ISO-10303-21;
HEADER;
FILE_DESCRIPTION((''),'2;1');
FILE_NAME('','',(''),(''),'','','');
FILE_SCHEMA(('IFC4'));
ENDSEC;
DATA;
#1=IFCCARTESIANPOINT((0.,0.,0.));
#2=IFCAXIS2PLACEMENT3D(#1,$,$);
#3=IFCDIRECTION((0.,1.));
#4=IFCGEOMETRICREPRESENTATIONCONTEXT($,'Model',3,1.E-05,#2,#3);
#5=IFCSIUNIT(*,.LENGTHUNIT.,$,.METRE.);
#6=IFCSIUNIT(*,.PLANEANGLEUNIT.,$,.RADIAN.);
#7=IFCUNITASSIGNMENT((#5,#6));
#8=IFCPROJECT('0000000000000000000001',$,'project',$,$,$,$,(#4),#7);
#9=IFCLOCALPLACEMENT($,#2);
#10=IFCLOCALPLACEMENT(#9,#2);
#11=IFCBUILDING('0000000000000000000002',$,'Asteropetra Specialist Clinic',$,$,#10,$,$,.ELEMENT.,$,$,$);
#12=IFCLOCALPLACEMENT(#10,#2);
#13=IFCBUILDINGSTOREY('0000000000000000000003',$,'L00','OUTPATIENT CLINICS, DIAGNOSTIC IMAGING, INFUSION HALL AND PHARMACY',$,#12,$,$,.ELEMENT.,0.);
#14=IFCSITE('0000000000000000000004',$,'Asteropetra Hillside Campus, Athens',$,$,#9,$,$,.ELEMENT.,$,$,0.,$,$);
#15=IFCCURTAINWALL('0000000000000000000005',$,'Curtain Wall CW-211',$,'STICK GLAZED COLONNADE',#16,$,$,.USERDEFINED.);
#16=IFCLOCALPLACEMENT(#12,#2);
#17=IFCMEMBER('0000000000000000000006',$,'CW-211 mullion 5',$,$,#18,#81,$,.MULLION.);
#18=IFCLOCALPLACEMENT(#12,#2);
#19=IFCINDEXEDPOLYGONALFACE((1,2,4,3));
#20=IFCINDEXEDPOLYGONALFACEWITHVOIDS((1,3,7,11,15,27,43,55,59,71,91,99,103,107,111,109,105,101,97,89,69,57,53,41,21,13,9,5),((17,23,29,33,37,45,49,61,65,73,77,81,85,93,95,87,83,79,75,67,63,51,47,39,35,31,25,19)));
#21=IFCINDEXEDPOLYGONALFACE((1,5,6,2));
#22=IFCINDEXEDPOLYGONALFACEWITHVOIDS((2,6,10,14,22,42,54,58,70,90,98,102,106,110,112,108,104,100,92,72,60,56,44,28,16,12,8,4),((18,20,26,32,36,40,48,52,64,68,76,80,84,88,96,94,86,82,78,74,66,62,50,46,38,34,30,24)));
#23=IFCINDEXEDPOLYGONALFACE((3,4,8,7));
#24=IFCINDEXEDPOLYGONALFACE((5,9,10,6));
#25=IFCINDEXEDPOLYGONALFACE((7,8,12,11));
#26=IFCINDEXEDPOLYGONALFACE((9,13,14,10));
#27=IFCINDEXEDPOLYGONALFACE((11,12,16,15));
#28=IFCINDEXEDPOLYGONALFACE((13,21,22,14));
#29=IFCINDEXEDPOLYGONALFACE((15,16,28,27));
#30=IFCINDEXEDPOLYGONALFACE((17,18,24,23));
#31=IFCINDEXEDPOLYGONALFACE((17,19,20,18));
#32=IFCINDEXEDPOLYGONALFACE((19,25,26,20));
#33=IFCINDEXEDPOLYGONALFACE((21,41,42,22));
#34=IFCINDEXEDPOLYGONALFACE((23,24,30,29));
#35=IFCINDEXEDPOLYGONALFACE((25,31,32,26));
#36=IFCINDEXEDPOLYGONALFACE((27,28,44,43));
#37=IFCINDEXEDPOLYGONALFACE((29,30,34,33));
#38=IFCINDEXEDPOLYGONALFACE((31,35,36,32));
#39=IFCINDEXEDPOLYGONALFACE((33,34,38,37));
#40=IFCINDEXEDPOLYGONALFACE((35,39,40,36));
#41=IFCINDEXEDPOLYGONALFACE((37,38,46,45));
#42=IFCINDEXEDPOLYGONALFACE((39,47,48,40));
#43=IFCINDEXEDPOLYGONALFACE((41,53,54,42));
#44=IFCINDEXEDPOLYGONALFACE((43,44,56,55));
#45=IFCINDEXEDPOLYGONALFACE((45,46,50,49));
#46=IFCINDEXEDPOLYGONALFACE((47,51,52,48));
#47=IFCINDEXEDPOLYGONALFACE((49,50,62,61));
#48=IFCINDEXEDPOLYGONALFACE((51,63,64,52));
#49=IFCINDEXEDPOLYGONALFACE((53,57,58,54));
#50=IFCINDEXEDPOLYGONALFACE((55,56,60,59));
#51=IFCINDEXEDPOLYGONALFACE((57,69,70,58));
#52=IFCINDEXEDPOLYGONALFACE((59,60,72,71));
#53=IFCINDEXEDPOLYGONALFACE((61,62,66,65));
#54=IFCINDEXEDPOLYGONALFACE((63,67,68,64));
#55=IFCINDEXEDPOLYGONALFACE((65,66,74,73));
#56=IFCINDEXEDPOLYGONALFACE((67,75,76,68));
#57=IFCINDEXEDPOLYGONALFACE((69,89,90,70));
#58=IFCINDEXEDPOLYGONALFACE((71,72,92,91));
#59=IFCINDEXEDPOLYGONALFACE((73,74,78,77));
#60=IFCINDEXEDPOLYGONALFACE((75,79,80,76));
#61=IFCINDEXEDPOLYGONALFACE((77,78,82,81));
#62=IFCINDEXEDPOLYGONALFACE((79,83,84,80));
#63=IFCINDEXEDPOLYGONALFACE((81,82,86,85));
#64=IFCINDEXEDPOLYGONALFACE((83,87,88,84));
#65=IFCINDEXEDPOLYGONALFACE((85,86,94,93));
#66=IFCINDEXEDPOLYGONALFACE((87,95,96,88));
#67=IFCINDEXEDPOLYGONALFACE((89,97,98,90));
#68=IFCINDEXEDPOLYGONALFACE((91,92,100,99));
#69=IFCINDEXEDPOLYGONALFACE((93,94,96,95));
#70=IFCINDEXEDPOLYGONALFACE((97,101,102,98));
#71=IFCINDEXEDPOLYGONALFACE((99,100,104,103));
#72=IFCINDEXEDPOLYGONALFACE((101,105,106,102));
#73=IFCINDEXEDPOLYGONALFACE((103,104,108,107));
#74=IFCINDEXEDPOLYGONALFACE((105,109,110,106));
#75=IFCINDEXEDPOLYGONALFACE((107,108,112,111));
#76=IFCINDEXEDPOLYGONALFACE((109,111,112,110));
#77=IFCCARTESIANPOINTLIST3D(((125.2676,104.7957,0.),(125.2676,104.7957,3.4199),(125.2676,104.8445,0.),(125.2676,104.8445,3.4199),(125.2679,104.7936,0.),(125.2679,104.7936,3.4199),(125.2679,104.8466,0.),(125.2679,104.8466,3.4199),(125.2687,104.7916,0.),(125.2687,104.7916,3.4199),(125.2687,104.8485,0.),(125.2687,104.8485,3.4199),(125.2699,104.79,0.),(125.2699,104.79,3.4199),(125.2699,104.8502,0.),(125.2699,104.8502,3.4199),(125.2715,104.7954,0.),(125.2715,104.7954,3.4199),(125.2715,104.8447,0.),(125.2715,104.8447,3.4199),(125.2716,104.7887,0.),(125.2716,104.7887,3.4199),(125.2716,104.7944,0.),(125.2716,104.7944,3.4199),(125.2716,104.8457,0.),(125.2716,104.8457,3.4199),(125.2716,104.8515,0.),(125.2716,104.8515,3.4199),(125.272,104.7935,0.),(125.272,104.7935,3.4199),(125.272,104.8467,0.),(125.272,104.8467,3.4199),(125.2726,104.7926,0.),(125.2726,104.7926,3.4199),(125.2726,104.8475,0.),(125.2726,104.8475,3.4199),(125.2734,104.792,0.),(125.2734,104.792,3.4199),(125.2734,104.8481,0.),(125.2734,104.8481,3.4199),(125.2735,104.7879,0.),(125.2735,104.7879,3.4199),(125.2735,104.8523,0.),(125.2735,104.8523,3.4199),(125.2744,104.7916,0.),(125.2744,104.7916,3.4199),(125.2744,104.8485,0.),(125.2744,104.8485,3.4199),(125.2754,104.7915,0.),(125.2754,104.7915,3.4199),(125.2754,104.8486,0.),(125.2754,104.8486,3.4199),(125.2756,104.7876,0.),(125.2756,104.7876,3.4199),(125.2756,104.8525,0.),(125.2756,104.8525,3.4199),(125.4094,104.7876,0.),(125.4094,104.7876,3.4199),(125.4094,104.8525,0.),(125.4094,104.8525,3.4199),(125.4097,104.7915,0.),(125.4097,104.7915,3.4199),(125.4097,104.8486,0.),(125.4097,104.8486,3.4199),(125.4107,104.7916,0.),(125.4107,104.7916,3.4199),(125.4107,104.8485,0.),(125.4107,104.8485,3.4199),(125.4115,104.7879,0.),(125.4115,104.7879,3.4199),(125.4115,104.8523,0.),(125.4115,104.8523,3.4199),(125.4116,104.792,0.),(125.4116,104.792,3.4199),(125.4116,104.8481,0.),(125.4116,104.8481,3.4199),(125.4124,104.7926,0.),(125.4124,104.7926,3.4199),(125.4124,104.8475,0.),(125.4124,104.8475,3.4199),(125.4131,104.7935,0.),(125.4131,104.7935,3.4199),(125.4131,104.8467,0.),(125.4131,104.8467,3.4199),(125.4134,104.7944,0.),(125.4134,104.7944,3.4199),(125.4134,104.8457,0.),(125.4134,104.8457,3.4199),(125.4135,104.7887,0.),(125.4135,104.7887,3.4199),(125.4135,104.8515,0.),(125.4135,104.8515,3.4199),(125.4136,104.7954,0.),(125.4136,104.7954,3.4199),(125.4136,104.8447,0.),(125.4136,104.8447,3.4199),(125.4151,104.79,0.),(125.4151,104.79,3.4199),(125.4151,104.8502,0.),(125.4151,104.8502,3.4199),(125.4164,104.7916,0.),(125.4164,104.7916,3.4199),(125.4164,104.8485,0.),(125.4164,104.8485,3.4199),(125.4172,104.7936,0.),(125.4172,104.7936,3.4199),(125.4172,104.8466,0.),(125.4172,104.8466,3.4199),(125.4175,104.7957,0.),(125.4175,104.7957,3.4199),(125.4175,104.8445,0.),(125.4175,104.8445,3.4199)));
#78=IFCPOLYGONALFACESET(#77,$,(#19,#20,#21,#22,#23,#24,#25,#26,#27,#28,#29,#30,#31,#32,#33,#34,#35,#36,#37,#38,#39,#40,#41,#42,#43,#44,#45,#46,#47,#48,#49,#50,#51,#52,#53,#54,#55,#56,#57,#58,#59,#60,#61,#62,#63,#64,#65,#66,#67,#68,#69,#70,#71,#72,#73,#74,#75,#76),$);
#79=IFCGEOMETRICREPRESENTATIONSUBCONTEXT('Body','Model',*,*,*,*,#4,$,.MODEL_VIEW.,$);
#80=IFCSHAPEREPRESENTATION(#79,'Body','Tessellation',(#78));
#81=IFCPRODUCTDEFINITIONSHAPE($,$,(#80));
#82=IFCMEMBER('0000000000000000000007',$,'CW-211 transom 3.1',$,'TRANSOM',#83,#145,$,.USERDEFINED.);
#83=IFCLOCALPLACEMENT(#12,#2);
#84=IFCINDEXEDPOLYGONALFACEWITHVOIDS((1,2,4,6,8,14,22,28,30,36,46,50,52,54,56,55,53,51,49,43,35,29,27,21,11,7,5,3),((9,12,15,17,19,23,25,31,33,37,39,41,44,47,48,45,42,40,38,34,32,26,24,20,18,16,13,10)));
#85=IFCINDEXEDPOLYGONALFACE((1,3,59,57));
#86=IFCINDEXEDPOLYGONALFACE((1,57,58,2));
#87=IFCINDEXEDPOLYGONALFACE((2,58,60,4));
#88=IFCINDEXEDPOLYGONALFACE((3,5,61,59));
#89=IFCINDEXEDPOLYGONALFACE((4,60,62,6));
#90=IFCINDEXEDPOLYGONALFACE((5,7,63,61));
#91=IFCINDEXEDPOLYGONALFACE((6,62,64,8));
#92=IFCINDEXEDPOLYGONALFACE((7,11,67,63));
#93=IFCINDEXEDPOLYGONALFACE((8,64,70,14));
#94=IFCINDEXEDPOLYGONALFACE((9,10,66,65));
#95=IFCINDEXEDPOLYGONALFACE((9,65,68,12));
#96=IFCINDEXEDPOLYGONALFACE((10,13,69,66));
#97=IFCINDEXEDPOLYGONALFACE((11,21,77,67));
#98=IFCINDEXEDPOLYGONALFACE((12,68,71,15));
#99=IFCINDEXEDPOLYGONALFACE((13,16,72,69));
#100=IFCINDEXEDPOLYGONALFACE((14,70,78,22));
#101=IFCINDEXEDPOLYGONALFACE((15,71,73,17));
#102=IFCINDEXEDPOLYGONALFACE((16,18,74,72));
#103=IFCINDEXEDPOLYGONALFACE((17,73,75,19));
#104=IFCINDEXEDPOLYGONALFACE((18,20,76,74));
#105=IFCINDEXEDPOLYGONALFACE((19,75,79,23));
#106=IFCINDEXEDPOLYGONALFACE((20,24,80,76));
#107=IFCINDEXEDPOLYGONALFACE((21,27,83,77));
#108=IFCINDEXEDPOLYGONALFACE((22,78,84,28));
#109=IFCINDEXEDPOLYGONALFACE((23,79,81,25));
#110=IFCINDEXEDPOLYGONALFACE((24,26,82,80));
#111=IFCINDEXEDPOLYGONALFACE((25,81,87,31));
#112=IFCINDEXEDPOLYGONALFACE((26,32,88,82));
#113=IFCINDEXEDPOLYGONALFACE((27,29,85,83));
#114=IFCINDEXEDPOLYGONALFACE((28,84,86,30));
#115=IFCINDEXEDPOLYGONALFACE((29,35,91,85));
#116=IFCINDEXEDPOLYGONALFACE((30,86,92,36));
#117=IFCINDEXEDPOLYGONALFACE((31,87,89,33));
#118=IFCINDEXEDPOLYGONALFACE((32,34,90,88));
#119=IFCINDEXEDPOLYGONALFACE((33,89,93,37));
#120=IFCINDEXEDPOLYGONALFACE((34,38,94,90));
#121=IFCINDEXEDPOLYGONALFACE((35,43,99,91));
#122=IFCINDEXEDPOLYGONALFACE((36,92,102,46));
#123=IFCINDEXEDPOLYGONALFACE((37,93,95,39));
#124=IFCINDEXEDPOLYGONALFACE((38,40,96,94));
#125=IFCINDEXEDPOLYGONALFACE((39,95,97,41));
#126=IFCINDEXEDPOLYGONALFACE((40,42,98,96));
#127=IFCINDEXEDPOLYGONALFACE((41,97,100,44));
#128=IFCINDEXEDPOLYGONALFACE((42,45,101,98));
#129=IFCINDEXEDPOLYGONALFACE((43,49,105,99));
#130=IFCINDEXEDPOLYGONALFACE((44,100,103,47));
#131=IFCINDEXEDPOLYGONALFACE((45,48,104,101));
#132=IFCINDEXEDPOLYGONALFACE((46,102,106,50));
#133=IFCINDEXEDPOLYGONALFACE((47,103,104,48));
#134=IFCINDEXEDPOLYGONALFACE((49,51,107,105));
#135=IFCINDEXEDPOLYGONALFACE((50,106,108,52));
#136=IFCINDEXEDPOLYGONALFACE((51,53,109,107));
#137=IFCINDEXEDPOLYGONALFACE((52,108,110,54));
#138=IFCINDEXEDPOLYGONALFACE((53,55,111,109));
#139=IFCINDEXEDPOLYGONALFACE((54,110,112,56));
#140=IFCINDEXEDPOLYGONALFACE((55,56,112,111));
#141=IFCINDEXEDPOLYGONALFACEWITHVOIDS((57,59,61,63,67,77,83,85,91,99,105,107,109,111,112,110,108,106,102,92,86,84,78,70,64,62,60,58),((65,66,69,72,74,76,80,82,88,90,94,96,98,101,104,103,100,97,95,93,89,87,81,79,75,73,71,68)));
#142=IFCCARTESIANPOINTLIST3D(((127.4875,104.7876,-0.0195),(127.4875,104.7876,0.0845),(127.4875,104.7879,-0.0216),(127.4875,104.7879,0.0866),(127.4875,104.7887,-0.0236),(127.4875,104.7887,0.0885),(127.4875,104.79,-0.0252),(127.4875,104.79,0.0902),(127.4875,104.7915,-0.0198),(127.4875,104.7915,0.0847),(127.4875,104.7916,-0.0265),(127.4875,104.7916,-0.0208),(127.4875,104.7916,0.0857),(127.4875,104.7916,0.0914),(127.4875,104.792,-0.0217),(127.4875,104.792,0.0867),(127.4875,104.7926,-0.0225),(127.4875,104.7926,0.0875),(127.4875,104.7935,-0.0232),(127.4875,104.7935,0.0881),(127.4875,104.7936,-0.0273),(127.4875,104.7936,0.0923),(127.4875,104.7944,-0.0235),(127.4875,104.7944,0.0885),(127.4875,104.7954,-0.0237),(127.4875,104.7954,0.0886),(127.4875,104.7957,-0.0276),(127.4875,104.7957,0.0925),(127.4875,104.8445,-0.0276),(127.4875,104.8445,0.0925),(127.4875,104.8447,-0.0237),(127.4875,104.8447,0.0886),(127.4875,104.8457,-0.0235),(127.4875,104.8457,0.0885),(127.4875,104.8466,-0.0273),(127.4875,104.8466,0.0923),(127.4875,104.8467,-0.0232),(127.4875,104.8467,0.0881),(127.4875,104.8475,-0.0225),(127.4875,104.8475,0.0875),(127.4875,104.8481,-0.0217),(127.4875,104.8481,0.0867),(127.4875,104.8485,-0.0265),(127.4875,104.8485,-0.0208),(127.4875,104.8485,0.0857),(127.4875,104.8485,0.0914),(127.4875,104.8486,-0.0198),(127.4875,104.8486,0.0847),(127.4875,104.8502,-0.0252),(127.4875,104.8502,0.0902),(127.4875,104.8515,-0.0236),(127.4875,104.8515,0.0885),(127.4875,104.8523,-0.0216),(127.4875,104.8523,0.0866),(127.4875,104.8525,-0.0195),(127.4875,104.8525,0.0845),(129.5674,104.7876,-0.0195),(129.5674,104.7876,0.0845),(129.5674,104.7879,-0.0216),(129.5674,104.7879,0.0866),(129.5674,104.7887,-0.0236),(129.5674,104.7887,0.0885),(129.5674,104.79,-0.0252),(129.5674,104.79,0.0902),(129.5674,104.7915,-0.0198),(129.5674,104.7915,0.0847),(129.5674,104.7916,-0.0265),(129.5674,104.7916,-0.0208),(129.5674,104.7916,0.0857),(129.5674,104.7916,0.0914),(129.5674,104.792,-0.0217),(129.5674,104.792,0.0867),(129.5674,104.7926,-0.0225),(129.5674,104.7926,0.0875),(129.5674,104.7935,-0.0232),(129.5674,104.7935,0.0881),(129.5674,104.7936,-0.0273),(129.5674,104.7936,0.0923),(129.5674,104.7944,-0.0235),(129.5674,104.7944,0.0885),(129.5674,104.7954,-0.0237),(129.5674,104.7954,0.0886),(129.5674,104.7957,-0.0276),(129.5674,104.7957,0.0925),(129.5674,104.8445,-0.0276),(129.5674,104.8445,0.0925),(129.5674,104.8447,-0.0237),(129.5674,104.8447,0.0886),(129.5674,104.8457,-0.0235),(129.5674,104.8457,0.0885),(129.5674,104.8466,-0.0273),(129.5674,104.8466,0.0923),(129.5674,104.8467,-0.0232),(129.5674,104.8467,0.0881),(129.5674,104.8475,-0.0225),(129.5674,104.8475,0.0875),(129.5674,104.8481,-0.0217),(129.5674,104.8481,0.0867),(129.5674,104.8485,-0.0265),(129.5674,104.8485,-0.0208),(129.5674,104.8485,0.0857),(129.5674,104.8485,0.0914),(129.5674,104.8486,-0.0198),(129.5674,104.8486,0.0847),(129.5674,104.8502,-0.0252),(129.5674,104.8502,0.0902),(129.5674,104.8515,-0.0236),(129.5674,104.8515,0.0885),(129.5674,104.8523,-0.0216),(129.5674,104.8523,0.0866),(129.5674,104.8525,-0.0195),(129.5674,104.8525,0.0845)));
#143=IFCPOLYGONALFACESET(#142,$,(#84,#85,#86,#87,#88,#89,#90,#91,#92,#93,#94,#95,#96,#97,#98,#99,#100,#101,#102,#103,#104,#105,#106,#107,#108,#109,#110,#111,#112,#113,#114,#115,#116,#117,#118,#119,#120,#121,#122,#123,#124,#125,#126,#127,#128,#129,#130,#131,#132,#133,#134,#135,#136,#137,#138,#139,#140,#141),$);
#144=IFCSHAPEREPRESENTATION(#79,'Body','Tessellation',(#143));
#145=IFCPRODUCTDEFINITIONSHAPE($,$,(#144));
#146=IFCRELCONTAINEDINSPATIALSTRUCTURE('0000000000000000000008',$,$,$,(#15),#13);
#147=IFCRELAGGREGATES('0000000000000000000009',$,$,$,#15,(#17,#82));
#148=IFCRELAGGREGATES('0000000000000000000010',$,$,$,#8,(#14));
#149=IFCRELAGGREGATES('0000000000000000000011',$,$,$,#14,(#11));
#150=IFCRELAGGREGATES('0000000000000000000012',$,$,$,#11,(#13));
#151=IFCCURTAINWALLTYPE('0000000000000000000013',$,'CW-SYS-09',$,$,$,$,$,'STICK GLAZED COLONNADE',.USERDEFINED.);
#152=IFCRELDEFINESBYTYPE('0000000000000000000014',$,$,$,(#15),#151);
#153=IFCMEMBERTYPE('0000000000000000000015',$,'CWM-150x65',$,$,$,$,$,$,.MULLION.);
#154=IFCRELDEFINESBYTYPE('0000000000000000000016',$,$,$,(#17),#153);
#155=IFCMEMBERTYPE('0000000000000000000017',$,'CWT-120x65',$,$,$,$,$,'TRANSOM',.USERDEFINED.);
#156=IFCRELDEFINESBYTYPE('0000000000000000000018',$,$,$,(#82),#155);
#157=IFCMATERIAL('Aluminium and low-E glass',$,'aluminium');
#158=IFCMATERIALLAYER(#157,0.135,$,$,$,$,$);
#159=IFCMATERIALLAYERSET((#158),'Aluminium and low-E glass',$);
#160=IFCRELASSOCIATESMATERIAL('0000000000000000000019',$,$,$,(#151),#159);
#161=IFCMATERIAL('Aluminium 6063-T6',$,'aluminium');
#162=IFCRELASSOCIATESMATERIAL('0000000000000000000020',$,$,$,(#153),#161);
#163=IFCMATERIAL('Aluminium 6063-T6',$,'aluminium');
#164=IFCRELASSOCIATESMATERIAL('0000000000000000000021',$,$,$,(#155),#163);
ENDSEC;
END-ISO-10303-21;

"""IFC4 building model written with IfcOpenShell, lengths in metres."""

from ifc_helpers import new_model, si_unit, direction, frame, origin, origin_2d, place, context, subcontext, project, spatial, hollow_rectangle, extrude, material, layer, layer_set, material_profile, profile_set, type_object, element, aggregate, save


model = new_model("IFC4")

# Units and contexts
model_context = context("Model", 3, precision=1e-05, world=origin(), true_north=direction((0.0, 1.0)))
body_context = subcontext(model_context, "Body", "Model", "MODEL_VIEW")
ifc_project = project(units=[si_unit("LENGTHUNIT", "METRE"), si_unit("PLANEANGLEUNIT", "RADIAN")], contexts=[model_context])

# Site, building, storey
site_placement = place(None, origin())
site = spatial("IfcSite", under=ifc_project, at=site_placement, Name="Asteropetra Hillside Campus, Athens", CompositionType="ELEMENT", RefElevation=0.0)
building_placement = place(site_placement, origin())
building = spatial("IfcBuilding", under=site, at=building_placement, Name="Asteropetra Specialist Clinic", CompositionType="ELEMENT")
storey_placement = place(building_placement, origin())
storey = spatial("IfcBuildingStorey", under=building, at=storey_placement, Name="L00", Description="OUTPATIENT CLINICS, DIAGNOSTIC IMAGING, INFUSION HALL AND PHARMACY", CompositionType="ELEMENT", Elevation=0.0)

# Curtain wall, members
ifc_material_1 = material(Name="Aluminium and low-E glass", Category="aluminium")
ifc_layer_1 = layer(ifc_material_1, 0.135)
ifc_layer_set_1 = layer_set([ifc_layer_1], Name="Aluminium and low-E glass")
curtain_wall_type = type_object("IfcCurtainWallType", Name="CW-SYS-09", ElementType="STICK GLAZED COLONNADE", PredefinedType="USERDEFINED", material=ifc_layer_set_1)
curtain_wall_placement = place(storey_placement, origin())
curtain_wall = element("IfcCurtainWall", 1, at=curtain_wall_placement, inside=storey, type_object=curtain_wall_type, Name="Curtain Wall CW-211", ObjectType="STICK GLAZED COLONNADE", PredefinedType="USERDEFINED")
ifc_material_2 = material(Name="Aluminium 6063-T6", Category="aluminium")
ifc_material_profile_1 = material_profile(ifc_material_2, hollow_rectangle(XDim=0.0649, YDim=0.1499, WallThickness=0.0039, InnerFilletRadius=0.0039, OuterFilletRadius=0.0081, at=origin_2d()), Name="MUL 150x65x4.0")
ifc_profile_set_1 = profile_set([ifc_material_profile_1], Name="Aluminium 6063-T6")
member_type_1 = type_object("IfcMemberType", Name="CWM-150x65", PredefinedType="MULLION", material=ifc_profile_set_1)
member_1_placement = place(storey_placement, frame((125.3425, 104.8201, 0.0), z_axis=(0.0, 0.0, 1.0), x_axis=(0.0, -1.0, 0.0)))
member_1 = element("IfcMember", 2, at=member_1_placement, type_object=member_type_1, Name="CW-211 mullion 5", PredefinedType="MULLION", context=body_context, shape_type="SweptSolid", body=[
    extrude(hollow_rectangle(XDim=0.0649, YDim=0.1499, WallThickness=0.0039, InnerFilletRadius=0.0039, OuterFilletRadius=0.0081, at=origin_2d()), origin(), (0.0, 0.0, 1.0), 3.4199),
])
ifc_material_3 = material(Name="Aluminium 6063-T6", Category="aluminium")
ifc_material_profile_2 = material_profile(ifc_material_3, hollow_rectangle(XDim=0.0649, YDim=0.1201, WallThickness=0.0039, InnerFilletRadius=0.0039, OuterFilletRadius=0.0081, at=origin_2d()), Name="TRN 120x65x4.0")
ifc_profile_set_2 = profile_set([ifc_material_profile_2], Name="Aluminium 6063-T6")
member_type_2 = type_object("IfcMemberType", Name="CWT-120x65", ElementType="TRANSOM", PredefinedType="USERDEFINED", material=ifc_profile_set_2)
member_2_placement = place(storey_placement, frame((129.5674, 104.8201, 0.0325), z_axis=(-1.0, 0.0, 0.0), x_axis=(0.0, -1.0, 0.0)))
member_2 = element("IfcMember", 3, at=member_2_placement, type_object=member_type_2, Name="CW-211 transom 3.1", ObjectType="TRANSOM", PredefinedType="USERDEFINED", context=body_context, shape_type="SweptSolid", body=[
    extrude(hollow_rectangle(XDim=0.0649, YDim=0.1201, WallThickness=0.0039, InnerFilletRadius=0.0039, OuterFilletRadius=0.0081, at=origin_2d()), origin(), (0.0, 0.0, 1.0), 2.0798),
])
aggregate(curtain_wall, [member_1, member_2])

save(model, "model.ifc")
